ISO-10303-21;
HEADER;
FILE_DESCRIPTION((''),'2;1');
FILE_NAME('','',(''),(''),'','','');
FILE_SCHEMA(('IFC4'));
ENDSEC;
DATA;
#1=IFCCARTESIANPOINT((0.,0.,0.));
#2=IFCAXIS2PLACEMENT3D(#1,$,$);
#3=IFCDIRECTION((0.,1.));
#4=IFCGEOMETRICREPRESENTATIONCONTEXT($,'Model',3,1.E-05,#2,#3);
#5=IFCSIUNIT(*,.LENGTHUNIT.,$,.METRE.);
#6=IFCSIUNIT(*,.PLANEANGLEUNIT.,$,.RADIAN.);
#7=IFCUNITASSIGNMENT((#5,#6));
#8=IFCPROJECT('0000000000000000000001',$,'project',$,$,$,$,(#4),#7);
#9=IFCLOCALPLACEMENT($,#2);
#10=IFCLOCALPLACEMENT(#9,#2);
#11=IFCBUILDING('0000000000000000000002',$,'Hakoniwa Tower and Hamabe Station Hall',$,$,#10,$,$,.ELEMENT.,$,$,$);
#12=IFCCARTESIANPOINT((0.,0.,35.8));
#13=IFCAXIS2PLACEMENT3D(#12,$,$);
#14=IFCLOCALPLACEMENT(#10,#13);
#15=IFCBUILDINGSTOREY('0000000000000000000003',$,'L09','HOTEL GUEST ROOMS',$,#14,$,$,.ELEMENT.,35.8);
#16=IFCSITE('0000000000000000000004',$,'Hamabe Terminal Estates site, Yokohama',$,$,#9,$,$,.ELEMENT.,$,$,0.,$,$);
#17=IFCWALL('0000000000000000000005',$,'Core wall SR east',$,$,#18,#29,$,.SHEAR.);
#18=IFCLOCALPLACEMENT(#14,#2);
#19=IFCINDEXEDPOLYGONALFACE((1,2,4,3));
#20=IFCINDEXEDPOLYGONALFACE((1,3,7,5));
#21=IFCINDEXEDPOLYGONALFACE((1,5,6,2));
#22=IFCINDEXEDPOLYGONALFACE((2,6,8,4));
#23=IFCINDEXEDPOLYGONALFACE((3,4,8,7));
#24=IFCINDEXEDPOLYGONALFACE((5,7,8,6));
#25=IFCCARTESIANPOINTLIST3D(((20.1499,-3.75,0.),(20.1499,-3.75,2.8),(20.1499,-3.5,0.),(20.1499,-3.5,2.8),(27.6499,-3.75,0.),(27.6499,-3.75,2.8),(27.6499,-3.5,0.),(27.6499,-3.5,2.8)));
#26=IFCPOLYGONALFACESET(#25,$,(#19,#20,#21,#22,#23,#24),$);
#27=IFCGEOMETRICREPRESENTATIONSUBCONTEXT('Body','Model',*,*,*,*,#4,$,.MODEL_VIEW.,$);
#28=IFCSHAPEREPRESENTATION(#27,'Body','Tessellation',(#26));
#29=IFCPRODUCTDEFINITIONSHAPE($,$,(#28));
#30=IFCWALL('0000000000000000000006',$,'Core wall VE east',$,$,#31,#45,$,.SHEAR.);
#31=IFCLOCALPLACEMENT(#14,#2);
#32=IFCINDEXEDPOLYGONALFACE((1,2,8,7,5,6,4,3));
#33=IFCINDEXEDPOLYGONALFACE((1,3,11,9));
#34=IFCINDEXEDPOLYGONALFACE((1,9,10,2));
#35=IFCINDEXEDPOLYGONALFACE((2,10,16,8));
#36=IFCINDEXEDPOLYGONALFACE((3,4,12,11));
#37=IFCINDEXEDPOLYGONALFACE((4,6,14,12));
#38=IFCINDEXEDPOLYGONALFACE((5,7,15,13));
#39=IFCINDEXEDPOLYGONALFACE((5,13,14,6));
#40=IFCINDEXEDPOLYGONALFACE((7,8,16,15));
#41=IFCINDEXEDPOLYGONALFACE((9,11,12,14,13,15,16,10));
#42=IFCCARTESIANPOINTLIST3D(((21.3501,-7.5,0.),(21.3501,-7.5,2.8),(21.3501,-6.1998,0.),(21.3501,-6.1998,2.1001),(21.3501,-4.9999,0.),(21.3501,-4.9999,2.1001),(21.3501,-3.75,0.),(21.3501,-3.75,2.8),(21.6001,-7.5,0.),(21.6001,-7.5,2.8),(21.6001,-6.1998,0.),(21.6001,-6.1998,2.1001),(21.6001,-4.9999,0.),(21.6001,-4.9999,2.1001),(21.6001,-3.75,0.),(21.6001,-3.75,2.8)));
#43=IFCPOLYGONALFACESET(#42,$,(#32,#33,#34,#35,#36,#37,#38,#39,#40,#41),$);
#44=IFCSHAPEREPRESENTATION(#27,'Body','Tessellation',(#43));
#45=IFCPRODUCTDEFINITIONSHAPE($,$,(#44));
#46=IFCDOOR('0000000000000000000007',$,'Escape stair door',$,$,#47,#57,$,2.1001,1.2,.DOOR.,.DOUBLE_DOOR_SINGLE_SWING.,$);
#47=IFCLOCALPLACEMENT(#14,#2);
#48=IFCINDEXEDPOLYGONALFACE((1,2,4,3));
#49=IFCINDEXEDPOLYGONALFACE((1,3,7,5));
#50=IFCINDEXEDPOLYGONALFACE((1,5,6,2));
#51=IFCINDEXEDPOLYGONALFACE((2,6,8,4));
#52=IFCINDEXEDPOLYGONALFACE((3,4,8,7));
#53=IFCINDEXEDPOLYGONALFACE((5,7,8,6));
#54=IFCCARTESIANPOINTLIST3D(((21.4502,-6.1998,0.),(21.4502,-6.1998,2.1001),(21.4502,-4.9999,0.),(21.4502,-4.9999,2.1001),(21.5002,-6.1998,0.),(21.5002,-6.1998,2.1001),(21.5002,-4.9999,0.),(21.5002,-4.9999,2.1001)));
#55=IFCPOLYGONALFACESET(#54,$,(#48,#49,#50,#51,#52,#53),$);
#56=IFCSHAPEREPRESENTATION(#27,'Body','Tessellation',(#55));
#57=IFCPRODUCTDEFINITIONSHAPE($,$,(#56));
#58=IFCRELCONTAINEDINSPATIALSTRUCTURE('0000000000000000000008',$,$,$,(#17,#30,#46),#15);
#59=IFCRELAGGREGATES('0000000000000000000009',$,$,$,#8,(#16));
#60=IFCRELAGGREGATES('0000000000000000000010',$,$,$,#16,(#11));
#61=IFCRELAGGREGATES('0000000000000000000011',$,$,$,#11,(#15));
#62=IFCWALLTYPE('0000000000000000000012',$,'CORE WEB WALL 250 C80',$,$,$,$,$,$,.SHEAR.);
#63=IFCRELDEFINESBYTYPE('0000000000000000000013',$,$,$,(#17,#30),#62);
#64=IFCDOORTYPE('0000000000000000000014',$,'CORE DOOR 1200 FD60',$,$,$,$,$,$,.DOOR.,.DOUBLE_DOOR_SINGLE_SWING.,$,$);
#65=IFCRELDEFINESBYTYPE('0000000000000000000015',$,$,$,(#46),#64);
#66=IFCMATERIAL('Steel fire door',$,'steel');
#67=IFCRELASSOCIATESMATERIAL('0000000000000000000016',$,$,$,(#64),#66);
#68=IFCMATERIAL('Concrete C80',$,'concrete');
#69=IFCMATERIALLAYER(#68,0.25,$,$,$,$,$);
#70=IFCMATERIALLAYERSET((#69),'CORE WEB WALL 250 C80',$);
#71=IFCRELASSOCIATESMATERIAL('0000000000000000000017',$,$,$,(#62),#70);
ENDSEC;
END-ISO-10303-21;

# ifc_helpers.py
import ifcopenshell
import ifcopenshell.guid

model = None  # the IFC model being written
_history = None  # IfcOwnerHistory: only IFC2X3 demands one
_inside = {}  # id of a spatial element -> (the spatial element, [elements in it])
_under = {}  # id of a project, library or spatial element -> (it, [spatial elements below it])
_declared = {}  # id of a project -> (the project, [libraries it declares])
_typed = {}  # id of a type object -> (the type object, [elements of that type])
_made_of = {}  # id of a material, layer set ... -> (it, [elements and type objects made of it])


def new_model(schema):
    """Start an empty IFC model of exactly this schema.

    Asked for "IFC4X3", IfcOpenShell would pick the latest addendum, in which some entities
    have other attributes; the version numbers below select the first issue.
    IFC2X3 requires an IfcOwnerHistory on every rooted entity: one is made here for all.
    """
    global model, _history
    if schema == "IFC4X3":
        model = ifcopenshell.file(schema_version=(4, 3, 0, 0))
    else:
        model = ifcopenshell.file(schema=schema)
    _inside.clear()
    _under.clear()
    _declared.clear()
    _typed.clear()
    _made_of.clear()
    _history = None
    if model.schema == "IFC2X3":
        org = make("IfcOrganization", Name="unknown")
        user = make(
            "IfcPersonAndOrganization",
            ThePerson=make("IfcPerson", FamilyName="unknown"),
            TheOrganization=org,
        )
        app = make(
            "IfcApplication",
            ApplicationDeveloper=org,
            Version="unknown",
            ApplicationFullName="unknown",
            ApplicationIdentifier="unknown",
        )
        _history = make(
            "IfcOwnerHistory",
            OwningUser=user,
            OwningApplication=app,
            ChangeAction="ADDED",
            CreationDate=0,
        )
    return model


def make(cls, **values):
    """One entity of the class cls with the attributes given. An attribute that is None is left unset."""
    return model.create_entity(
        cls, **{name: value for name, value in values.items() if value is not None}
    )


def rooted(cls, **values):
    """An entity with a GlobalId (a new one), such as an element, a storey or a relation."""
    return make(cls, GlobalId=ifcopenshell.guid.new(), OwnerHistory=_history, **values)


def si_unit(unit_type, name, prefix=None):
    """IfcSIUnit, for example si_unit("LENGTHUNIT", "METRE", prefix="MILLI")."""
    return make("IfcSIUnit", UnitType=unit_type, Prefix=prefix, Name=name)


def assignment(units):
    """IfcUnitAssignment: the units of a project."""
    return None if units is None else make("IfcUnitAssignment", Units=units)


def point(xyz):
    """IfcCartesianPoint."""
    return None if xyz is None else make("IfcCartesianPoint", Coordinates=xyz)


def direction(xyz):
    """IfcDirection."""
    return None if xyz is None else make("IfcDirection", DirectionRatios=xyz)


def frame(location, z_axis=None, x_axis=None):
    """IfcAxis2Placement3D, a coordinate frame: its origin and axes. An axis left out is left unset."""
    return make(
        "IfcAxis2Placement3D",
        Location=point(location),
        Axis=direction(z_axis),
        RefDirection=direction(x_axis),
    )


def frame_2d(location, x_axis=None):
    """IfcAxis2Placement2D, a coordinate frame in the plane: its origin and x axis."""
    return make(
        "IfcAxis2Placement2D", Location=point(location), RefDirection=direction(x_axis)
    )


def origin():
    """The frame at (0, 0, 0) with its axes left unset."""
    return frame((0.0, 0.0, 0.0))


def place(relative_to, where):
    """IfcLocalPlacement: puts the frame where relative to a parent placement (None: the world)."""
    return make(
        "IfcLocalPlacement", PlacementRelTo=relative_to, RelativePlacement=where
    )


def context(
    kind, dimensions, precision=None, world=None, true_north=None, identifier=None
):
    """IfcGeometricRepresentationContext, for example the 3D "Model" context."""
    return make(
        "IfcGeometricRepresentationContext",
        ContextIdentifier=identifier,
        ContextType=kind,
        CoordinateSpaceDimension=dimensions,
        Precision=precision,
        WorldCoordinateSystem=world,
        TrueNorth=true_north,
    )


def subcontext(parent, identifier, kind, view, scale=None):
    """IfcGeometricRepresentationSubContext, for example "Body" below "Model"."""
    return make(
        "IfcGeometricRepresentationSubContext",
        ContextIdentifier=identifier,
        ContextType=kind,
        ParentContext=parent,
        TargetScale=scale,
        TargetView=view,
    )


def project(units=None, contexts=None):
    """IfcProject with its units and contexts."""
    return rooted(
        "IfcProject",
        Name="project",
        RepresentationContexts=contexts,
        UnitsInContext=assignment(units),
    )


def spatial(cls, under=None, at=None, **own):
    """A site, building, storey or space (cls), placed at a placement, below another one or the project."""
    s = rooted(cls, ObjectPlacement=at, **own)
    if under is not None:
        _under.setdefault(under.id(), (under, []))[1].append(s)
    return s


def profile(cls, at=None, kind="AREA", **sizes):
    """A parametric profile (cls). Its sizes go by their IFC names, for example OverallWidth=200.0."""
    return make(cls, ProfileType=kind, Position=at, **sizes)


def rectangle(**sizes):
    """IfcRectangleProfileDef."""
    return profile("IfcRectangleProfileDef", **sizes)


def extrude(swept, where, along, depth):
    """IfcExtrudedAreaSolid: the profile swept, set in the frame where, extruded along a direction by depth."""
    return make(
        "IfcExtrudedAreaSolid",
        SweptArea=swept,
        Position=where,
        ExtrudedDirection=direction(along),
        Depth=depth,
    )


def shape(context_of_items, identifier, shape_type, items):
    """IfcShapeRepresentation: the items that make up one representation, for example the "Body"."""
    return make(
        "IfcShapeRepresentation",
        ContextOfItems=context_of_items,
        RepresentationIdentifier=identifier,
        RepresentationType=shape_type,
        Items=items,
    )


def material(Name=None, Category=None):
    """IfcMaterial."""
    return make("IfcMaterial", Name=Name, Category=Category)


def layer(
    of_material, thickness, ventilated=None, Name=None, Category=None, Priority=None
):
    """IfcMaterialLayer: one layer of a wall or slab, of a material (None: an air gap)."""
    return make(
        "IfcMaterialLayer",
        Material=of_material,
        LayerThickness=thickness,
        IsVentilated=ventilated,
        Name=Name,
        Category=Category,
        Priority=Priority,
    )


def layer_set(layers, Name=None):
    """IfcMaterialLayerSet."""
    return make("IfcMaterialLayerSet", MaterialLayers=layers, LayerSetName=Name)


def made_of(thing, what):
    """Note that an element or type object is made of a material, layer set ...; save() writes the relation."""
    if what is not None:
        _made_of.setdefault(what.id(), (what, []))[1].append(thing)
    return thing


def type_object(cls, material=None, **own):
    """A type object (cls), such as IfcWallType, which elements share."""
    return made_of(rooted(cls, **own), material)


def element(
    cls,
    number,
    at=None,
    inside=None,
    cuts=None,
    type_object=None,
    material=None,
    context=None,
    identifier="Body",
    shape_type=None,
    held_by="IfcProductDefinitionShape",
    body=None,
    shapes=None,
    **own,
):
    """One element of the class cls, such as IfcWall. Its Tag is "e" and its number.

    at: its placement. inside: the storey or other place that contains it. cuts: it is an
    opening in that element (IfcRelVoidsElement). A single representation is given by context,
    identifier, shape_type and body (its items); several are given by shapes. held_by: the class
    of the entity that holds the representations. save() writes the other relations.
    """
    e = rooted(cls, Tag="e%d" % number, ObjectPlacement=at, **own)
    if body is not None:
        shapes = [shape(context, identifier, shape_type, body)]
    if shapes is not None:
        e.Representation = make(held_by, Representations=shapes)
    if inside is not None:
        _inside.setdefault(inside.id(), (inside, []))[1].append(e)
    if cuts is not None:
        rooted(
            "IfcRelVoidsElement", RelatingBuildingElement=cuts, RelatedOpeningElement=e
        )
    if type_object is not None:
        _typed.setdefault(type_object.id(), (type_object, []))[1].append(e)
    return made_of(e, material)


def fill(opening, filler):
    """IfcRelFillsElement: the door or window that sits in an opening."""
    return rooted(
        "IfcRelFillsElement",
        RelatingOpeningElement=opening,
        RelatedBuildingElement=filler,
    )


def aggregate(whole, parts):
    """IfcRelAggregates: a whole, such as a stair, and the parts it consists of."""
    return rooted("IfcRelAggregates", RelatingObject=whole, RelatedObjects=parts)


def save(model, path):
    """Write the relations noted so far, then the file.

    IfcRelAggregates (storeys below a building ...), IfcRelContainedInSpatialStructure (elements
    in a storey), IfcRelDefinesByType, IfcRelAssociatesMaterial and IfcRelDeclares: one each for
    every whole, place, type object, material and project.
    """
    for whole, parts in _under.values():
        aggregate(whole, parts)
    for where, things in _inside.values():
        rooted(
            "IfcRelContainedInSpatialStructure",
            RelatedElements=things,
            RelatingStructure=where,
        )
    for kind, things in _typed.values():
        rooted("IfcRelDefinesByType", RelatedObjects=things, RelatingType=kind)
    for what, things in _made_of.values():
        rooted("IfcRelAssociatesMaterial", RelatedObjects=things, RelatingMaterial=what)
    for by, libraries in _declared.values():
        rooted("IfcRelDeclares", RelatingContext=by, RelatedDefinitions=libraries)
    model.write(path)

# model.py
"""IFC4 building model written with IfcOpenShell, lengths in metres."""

from ifc_helpers import new_model, si_unit, direction, frame, frame_2d, origin, place, context, subcontext, project, spatial, rectangle, extrude, material, layer, layer_set, type_object, element, fill, save


model = new_model("IFC4")

# Units and contexts
model_context = context("Model", 3, precision=1e-05, world=origin(), true_north=direction((0.0, 1.0)))
body_context = subcontext(model_context, "Body", "Model", "MODEL_VIEW")
ifc_project = project(units=[si_unit("LENGTHUNIT", "METRE"), si_unit("PLANEANGLEUNIT", "RADIAN")], contexts=[model_context])

# Site, building, storey
site_placement = place(None, origin())
site = spatial("IfcSite", under=ifc_project, at=site_placement, Name="Hamabe Terminal Estates site, Yokohama", CompositionType="ELEMENT", RefElevation=0.0)
building_placement = place(site_placement, origin())
building = spatial("IfcBuilding", under=site, at=building_placement, Name="Hakoniwa Tower and Hamabe Station Hall", CompositionType="ELEMENT")
storey_placement = place(building_placement, frame((0.0, 0.0, 35.8)))
storey = spatial("IfcBuildingStorey", under=building, at=storey_placement, Name="L09", Description="HOTEL GUEST ROOMS", CompositionType="ELEMENT", Elevation=35.8)

# Shared definitions
ifc_material_1 = material(Name="Steel fire door", Category="steel")
door_type_1 = type_object("IfcDoorType", Name="CORE DOOR 1200 FD60", OperationType="DOUBLE_DOOR_SINGLE_SWING", PredefinedType="DOOR", material=ifc_material_1)

# Shared definitions
ifc_material_2 = material(Name="Concrete C80", Category="concrete")
ifc_layer_1 = layer(ifc_material_2, 0.25)
ifc_layer_set_1 = layer_set([ifc_layer_1], Name="CORE WEB WALL 250 C80")
wall_type_1 = type_object("IfcWallType", Name="CORE WEB WALL 250 C80", PredefinedType="SHEAR", material=ifc_layer_set_1)

# Wall
wall_1_placement = place(storey_placement, frame((20.1499, -3.625, 0.0), z_axis=(0.0, 0.0, 1.0), x_axis=(1.0, 0.0, 0.0)))
element("IfcWall", 1, at=wall_1_placement, inside=storey, type_object=wall_type_1, Name="Core wall SR east", PredefinedType="SHEAR", context=body_context, shape_type="SweptSolid", body=[
    extrude(rectangle(XDim=7.5, YDim=0.25, at=frame_2d((3.75, 0.0))), origin(), (0.0, 0.0, 1.0), 2.8),
])

# Wall, opening, door
wall_2_placement = place(storey_placement, frame((21.4751, -7.5, 0.0), z_axis=(0.0, 0.0, 1.0), x_axis=(0.0, 1.0, 0.0)))
wall_2 = element("IfcWall", 2, at=wall_2_placement, inside=storey, type_object=wall_type_1, Name="Core wall VE east", PredefinedType="SHEAR", context=body_context, shape_type="SweptSolid", body=[
    extrude(rectangle(XDim=3.75, YDim=0.25, at=frame_2d((1.875, 0.0))), origin(), (0.0, 0.0, 1.0), 2.8),
])
opening_1_placement = place(wall_2_placement, frame((1.3, 0.0, 0.0)))
opening_1 = element("IfcOpeningElement", 3, at=opening_1_placement, cuts=wall_2, PredefinedType="OPENING", context=body_context, shape_type="SweptSolid", body=[
    extrude(rectangle(XDim=1.2, YDim=2.1001, at=frame_2d((0.6001, 1.05))), frame((0.0, 0.135, 0.0), z_axis=(0.0, -1.0, 0.0), x_axis=(1.0, 0.0, 0.0)), (0.0, 0.0, 1.0), 0.27),
])
door_1_placement = place(opening_1_placement, origin())
door_1 = element("IfcDoor", 4, at=door_1_placement, inside=storey, type_object=door_type_1, Name="Escape stair door", OperationType="DOUBLE_DOOR_SINGLE_SWING", OverallHeight=2.1001, OverallWidth=1.2, PredefinedType="DOOR", context=body_context, shape_type="SweptSolid", body=[
    extrude(rectangle(XDim=1.2, YDim=2.1001, at=frame_2d((0.6001, 1.05))), frame((0.0, 0.0249, 0.0), z_axis=(0.0, -1.0, 0.0), x_axis=(1.0, 0.0, 0.0)), (0.0, 0.0, 1.0), 0.05),
])
fill(opening_1, door_1)

save(model, "model.ifc")
